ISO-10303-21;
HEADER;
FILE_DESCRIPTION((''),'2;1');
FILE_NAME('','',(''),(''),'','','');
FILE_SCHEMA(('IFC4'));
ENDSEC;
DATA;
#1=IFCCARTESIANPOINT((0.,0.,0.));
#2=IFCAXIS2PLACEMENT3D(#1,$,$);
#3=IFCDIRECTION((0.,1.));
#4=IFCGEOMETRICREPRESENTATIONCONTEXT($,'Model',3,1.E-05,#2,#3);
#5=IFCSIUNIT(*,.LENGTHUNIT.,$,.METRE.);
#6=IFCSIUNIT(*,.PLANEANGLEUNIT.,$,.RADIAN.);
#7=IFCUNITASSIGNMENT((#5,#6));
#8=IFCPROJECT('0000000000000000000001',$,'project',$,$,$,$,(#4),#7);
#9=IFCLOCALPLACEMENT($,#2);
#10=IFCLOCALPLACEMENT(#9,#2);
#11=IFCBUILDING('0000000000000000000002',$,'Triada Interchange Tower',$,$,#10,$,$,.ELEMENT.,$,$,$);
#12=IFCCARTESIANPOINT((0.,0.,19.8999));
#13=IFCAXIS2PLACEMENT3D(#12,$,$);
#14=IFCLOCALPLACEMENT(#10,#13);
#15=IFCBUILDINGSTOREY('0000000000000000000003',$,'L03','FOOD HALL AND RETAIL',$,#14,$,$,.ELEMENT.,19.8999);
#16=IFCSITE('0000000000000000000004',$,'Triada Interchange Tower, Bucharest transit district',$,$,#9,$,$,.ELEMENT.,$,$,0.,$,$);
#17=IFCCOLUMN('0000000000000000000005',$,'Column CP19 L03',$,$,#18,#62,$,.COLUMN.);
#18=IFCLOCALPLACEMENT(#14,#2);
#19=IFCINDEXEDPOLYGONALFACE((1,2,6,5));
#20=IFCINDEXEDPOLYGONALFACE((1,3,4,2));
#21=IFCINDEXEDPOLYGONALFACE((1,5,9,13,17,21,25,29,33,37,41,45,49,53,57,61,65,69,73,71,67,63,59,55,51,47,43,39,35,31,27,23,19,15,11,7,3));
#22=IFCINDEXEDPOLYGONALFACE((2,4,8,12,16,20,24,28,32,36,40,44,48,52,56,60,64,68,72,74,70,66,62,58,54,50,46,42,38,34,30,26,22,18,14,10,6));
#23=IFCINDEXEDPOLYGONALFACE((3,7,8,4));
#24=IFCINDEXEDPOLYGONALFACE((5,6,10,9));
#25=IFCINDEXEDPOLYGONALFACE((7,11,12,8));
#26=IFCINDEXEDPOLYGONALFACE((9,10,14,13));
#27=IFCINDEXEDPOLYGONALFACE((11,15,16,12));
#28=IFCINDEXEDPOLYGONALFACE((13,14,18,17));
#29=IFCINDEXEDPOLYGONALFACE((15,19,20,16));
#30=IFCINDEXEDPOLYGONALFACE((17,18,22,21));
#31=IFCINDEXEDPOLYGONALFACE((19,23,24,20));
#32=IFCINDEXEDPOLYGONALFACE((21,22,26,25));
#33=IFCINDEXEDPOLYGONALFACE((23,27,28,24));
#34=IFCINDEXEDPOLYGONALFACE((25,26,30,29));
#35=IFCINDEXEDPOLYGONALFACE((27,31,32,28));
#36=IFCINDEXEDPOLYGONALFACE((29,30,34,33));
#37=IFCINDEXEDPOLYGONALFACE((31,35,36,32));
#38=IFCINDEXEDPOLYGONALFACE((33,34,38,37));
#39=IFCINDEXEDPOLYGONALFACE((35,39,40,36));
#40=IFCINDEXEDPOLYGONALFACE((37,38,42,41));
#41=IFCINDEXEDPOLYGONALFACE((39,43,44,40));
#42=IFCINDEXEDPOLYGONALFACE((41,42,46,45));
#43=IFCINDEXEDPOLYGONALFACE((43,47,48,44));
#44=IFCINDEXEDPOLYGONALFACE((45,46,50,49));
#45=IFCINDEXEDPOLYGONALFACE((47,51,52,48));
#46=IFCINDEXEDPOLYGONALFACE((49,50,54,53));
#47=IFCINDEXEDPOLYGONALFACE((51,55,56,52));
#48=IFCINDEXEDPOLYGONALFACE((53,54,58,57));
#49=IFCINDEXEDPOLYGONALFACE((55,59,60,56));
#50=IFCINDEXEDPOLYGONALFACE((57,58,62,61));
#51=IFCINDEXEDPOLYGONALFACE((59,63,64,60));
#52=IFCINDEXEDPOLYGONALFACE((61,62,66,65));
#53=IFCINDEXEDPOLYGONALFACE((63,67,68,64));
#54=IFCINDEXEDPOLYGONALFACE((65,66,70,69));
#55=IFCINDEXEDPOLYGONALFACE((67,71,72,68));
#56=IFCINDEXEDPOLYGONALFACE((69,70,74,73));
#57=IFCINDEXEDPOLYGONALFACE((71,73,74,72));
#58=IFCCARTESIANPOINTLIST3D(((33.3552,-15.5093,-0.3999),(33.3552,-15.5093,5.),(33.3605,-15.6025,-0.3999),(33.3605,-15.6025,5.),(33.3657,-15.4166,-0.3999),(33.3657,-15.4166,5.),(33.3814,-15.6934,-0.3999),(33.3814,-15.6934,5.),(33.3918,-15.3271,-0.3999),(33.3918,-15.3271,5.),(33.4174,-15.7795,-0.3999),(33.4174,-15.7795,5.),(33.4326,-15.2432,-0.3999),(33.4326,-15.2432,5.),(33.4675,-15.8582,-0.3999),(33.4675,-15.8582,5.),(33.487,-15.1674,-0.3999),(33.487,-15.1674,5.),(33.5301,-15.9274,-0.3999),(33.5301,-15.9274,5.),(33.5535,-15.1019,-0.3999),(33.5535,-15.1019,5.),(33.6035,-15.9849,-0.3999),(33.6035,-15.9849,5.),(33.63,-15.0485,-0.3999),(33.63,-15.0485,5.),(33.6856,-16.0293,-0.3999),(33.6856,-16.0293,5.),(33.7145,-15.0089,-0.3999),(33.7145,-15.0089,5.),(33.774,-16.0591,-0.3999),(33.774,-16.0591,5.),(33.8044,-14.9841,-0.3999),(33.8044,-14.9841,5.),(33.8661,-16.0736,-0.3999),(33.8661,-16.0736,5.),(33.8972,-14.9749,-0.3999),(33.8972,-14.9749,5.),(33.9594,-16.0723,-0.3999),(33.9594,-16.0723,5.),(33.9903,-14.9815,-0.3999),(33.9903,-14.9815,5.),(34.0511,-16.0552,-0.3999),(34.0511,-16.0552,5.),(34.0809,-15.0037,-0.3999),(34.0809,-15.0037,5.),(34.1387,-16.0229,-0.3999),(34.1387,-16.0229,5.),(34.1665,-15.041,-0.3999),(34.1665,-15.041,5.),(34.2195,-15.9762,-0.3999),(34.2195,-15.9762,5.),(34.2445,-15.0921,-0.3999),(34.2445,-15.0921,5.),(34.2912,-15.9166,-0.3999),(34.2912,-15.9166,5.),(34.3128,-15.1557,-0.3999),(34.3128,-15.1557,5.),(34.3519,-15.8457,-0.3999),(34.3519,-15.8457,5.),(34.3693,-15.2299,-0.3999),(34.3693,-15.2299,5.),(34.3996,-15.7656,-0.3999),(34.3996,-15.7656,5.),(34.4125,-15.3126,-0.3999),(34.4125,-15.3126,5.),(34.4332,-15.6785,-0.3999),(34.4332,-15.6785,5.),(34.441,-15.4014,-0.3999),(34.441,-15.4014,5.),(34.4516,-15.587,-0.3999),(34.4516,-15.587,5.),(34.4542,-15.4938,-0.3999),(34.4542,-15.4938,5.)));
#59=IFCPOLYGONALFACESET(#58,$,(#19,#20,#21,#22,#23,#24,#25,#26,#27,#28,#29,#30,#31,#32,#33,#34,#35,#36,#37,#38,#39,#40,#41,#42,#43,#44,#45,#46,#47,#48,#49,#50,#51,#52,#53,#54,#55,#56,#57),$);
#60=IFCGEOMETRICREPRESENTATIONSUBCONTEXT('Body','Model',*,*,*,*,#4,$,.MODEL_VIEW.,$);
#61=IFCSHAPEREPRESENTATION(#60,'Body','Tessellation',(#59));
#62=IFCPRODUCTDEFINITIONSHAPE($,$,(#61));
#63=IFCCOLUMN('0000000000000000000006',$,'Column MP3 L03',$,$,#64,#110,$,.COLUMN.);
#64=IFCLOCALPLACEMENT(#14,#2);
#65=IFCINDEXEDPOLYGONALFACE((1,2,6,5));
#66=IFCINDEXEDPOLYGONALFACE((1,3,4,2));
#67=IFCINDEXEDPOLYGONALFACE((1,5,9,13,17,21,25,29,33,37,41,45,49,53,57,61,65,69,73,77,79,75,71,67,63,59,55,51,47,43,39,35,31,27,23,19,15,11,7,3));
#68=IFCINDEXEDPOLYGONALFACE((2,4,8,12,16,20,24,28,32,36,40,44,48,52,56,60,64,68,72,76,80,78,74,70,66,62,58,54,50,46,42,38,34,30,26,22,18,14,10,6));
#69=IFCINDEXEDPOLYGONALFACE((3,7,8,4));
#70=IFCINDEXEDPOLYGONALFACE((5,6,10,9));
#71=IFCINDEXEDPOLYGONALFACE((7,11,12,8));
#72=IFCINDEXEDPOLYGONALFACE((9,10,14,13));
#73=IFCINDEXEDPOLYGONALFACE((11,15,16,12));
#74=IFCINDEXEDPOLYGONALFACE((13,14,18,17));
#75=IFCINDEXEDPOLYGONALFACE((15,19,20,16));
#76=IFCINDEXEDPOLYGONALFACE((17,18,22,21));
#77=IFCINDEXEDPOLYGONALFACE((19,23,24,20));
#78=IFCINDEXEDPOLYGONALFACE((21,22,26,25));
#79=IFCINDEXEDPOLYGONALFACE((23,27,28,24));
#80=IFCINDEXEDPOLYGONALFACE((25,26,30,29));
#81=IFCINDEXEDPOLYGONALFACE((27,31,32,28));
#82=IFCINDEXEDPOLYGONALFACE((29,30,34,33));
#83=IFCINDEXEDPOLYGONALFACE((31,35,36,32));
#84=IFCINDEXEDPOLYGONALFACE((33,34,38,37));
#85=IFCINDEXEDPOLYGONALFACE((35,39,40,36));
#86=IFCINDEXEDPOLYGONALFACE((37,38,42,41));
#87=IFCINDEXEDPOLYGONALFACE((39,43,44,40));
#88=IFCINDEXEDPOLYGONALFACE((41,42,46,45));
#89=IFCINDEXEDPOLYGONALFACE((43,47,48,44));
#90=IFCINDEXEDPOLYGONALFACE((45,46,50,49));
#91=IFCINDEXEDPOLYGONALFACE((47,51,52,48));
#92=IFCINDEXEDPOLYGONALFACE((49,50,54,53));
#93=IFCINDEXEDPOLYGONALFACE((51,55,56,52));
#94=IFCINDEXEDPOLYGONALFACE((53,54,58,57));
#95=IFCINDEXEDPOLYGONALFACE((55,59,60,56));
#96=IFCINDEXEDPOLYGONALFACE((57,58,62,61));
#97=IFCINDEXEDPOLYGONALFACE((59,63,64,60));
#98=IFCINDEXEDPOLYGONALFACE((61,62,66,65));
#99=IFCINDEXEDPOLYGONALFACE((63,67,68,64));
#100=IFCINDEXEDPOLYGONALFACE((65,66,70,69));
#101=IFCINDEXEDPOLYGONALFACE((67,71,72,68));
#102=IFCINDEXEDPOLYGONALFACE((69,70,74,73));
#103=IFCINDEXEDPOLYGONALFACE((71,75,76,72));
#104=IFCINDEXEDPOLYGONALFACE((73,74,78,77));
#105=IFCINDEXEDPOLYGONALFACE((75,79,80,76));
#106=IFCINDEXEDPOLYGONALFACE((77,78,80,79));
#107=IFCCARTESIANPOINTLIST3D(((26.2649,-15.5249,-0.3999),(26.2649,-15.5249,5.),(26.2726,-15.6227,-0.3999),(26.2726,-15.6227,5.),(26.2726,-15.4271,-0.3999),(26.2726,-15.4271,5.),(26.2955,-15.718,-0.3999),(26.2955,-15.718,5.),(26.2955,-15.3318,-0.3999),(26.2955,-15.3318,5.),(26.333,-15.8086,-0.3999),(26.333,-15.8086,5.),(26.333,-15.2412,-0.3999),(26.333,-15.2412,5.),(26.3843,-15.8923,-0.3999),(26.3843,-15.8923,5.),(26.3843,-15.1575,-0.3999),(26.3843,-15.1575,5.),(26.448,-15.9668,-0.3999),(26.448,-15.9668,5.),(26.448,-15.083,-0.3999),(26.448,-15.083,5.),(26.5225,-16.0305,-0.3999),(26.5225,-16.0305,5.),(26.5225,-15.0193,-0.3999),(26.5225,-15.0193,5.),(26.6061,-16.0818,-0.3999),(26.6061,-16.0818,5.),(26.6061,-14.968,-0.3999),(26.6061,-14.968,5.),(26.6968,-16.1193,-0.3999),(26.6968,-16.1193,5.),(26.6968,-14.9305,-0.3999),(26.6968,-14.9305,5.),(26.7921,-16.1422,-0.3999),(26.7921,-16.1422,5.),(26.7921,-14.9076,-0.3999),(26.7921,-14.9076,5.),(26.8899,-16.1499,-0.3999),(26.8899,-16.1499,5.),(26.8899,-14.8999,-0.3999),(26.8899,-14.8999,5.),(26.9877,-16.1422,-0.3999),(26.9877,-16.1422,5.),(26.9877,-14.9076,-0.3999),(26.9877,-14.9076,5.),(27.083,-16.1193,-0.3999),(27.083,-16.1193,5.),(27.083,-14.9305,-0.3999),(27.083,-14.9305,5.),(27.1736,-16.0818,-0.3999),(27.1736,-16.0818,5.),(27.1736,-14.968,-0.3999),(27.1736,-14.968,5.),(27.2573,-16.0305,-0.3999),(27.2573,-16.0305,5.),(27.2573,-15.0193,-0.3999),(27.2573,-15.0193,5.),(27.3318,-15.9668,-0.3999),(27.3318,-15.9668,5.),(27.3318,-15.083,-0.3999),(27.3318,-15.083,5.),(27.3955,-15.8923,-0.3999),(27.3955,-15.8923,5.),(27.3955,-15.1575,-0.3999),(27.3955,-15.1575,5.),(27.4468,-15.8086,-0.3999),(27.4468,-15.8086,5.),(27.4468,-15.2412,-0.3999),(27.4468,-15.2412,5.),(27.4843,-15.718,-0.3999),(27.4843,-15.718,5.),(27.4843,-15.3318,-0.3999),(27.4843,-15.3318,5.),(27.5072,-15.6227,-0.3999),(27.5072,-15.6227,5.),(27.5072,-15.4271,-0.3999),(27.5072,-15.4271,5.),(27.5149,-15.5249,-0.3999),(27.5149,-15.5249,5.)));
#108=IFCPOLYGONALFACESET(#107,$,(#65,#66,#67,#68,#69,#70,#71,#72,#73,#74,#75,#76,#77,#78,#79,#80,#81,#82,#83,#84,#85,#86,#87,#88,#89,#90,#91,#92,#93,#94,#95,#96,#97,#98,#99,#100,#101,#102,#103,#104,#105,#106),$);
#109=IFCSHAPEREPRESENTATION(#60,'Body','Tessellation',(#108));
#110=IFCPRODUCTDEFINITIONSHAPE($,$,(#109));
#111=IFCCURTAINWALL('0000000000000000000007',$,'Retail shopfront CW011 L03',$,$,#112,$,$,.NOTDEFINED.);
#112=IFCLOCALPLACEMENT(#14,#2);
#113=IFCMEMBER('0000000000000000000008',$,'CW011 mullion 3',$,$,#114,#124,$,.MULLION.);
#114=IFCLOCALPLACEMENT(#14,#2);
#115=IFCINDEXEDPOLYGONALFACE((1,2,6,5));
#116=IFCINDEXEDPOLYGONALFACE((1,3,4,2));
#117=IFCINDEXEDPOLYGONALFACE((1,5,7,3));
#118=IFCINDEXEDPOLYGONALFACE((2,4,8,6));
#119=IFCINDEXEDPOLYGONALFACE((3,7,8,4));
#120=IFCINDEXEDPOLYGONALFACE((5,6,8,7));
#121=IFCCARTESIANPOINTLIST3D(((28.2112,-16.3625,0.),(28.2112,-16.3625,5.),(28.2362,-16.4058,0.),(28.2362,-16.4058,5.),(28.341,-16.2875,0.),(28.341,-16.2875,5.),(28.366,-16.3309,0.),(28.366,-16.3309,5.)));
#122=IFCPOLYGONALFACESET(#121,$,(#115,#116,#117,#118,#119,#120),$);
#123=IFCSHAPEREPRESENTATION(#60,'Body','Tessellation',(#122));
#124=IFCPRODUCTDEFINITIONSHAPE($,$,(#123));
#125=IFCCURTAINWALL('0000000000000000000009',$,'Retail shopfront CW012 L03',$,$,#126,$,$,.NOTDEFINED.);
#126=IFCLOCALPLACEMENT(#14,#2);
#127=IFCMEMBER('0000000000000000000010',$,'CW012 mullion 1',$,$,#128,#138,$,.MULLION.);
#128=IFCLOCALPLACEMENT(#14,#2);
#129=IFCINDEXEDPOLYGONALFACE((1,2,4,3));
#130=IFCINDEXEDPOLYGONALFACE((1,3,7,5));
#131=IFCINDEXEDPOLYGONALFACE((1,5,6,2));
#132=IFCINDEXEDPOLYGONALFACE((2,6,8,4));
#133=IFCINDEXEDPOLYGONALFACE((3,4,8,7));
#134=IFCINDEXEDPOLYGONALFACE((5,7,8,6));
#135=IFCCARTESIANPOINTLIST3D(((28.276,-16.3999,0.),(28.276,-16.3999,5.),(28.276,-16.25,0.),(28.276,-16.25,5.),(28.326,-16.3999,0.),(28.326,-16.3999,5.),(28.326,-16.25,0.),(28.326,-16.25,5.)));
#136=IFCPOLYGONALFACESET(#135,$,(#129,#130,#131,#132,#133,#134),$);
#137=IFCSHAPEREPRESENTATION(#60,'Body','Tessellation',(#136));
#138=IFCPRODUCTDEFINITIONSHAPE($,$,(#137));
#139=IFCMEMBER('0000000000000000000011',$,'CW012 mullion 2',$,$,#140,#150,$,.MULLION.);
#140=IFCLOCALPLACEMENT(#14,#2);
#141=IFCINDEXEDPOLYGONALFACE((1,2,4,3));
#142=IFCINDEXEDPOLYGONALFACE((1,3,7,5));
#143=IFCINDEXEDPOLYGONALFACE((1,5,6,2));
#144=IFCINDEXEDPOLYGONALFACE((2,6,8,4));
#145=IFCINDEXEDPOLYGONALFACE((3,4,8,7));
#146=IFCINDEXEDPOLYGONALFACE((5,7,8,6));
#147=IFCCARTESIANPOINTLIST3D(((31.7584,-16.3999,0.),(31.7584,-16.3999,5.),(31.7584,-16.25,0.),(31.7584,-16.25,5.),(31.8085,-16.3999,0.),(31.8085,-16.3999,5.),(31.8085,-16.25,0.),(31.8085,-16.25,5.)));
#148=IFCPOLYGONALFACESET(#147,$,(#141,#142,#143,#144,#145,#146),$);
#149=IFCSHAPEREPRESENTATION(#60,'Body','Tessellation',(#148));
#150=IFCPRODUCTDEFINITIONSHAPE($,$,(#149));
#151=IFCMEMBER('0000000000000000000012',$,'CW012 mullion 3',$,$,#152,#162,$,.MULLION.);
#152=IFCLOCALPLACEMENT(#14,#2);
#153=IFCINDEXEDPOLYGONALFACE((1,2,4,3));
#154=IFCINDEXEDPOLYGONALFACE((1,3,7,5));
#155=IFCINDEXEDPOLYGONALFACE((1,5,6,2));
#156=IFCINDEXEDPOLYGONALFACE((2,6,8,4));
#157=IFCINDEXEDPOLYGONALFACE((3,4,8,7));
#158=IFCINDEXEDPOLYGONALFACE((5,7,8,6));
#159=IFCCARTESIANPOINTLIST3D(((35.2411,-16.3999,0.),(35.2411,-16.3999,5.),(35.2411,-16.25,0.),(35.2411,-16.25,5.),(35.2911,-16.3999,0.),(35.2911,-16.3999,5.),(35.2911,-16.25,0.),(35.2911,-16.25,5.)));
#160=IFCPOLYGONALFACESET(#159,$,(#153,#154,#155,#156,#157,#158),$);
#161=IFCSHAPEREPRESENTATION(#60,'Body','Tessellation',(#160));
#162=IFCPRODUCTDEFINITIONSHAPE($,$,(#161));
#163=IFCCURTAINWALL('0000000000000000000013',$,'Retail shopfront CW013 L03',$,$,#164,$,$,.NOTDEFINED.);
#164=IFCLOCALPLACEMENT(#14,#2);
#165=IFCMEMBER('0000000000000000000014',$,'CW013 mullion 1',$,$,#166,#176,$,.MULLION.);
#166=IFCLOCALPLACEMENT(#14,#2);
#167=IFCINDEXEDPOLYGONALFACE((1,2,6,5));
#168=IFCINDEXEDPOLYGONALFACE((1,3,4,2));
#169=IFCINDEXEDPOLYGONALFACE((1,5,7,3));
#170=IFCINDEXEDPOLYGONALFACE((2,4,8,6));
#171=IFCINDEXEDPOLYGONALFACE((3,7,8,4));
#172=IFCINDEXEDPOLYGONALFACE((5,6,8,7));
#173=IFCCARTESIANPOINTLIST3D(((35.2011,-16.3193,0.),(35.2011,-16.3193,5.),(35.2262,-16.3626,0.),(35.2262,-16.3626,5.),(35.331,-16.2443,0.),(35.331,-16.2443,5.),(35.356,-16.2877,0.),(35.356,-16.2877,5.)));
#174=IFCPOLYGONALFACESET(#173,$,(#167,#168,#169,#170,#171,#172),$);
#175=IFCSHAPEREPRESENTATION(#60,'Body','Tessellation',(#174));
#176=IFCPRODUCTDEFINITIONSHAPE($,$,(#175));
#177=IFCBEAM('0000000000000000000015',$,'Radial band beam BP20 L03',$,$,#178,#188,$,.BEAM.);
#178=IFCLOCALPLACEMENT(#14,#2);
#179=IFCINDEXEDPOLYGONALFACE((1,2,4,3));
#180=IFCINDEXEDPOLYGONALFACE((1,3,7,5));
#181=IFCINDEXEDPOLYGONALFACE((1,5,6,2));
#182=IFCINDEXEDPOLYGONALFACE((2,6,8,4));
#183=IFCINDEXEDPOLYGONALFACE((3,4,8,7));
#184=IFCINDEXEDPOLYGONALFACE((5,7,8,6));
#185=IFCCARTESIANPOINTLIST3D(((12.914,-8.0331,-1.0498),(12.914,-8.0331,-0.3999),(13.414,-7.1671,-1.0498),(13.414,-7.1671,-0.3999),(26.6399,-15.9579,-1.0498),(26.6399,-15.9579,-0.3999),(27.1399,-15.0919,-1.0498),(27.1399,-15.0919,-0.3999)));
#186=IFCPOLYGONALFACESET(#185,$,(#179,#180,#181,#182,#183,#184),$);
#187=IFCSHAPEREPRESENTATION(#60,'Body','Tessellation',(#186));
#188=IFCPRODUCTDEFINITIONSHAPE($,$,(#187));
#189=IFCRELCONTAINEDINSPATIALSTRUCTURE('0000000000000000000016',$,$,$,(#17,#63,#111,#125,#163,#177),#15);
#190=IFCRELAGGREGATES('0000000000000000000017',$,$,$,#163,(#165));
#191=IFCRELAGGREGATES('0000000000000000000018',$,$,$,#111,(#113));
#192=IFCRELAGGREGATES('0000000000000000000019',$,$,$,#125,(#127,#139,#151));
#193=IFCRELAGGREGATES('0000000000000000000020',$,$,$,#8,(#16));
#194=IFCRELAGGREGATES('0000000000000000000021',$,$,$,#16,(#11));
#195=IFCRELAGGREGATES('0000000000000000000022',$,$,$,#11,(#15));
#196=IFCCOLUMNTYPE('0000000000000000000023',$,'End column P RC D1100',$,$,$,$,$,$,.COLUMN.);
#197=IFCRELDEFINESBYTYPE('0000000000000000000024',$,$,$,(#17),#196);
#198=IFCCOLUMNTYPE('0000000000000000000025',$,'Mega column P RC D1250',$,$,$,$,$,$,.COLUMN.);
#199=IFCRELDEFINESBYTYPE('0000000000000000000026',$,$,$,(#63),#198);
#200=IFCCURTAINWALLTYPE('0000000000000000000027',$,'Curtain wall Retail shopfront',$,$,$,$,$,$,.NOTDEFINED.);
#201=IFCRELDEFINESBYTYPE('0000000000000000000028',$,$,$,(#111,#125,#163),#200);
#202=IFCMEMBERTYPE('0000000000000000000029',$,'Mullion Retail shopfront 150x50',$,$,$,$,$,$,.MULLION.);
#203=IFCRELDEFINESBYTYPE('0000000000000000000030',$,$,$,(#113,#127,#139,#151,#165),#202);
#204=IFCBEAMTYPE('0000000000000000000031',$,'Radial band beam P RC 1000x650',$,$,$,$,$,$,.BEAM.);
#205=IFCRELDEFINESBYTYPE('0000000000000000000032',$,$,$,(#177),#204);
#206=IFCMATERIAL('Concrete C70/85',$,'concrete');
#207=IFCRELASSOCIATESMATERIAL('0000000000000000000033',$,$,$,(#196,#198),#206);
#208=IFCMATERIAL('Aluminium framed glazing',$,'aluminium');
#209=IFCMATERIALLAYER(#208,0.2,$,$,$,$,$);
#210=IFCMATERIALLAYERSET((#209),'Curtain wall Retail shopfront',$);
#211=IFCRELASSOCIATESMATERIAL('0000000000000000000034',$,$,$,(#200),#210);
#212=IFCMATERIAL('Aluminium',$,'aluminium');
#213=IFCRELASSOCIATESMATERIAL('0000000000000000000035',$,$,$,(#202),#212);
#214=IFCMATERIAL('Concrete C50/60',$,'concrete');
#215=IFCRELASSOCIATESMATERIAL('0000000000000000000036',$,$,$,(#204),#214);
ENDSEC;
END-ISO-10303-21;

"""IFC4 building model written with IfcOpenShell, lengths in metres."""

from ifc_helpers import new_model, si_unit, direction, frame, origin, origin_2d, place, context, subcontext, project, spatial, rectangle, circle, extrude, material, layer, layer_set, material_profile, profile_set, type_object, element, aggregate, save


model = new_model("IFC4")

# Units and contexts
model_context = context("Model", 3, precision=1e-05, world=origin(), true_north=direction((0.0, 1.0)))
body_context = subcontext(model_context, "Body", "Model", "MODEL_VIEW")
ifc_project = project(units=[si_unit("LENGTHUNIT", "METRE"), si_unit("PLANEANGLEUNIT", "RADIAN")], contexts=[model_context])

# Site, building, storey
site_placement = place(None, origin())
site = spatial("IfcSite", under=ifc_project, at=site_placement, Name="Triada Interchange Tower, Bucharest transit district", CompositionType="ELEMENT", RefElevation=0.0)
building_placement = place(site_placement, origin())
building = spatial("IfcBuilding", under=site, at=building_placement, Name="Triada Interchange Tower", CompositionType="ELEMENT")
storey_placement = place(building_placement, frame((0.0, 0.0, 19.8999)))
storey = spatial("IfcBuildingStorey", under=building, at=storey_placement, Name="L03", Description="FOOD HALL AND RETAIL", CompositionType="ELEMENT", Elevation=19.8999)

# Columns
ifc_material_1 = material(Name="Concrete C70/85", Category="concrete")
ifc_material_profile_1 = material_profile(ifc_material_1, circle(Radius=0.55, at=origin_2d()), Name="RC D1100")
ifc_profile_set_1 = profile_set([ifc_material_profile_1], Name="Concrete C70/85")
column_type_1 = type_object("IfcColumnType", Name="End column P RC D1100", PredefinedType="COLUMN", material=ifc_profile_set_1)
column_1_placement = place(storey_placement, frame((33.905, -15.5249, -0.3999), z_axis=(0.0, 0.0, 1.0), x_axis=(-0.5, 0.866025, 0.0)))
element("IfcColumn", 1, at=column_1_placement, inside=storey, type_object=column_type_1, Name="Column CP19 L03", PredefinedType="COLUMN", context=body_context, shape_type="SweptSolid", body=[
    extrude(circle(Radius=0.55, at=origin_2d()), origin(), (0.0, 0.0, 1.0), 5.3999),
])
ifc_material_profile_2 = material_profile(ifc_material_1, circle(Radius=0.625, at=origin_2d()), Name="RC D1250")
ifc_profile_set_2 = profile_set([ifc_material_profile_2], Name="Concrete C70/85")
column_type_2 = type_object("IfcColumnType", Name="Mega column P RC D1250", PredefinedType="COLUMN", material=ifc_profile_set_2)
column_2_placement = place(storey_placement, frame((26.8899, -15.5249, -0.3999), z_axis=(0.0, 0.0, 1.0), x_axis=(1.0, 0.0, 0.0)))
element("IfcColumn", 2, at=column_2_placement, inside=storey, type_object=column_type_2, Name="Column MP3 L03", PredefinedType="COLUMN", context=body_context, shape_type="SweptSolid", body=[
    extrude(circle(Radius=0.625, at=origin_2d()), origin(), (0.0, 0.0, 1.0), 5.3999),
])

# Curtain wall, member
ifc_material_2 = material(Name="Aluminium framed glazing", Category="aluminium")
ifc_layer_1 = layer(ifc_material_2, 0.2)
ifc_layer_set_1 = layer_set([ifc_layer_1], Name="Curtain wall Retail shopfront")
curtain_wall_type = type_object("IfcCurtainWallType", Name="Curtain wall Retail shopfront", PredefinedType="NOTDEFINED", material=ifc_layer_set_1)
curtain_wall_1_placement = place(storey_placement, origin())
curtain_wall_1 = element("IfcCurtainWall", 3, at=curtain_wall_1_placement, inside=storey, type_object=curtain_wall_type, Name="Retail shopfront CW011 L03", PredefinedType="NOTDEFINED")
ifc_material_3 = material(Name="Aluminium", Category="aluminium")
ifc_material_profile_3 = material_profile(ifc_material_3, rectangle(XDim=0.1499, YDim=0.05, at=origin_2d()), Name="Aluminium mullion")
ifc_profile_set_3 = profile_set([ifc_material_profile_3], Name="Aluminium")
member_type_1 = type_object("IfcMemberType", Name="Mullion Retail shopfront 150x50", PredefinedType="MULLION", material=ifc_profile_set_3)
member_1_placement = place(storey_placement, frame((28.2886, -16.3467, 0.0), z_axis=(0.0, 0.0, 1.0), x_axis=(-0.86605, -0.499957, 0.0)))
member_1 = element("IfcMember", 4, at=member_1_placement, type_object=member_type_1, Name="CW011 mullion 3", PredefinedType="MULLION", context=body_context, shape_type="SweptSolid", body=[
    extrude(rectangle(XDim=0.1499, YDim=0.05, at=origin_2d()), origin(), (0.0, 0.0, 1.0), 5.0),
])

# Curtain wall, members
curtain_wall_2_placement = place(storey_placement, origin())
curtain_wall_2 = element("IfcCurtainWall", 5, at=curtain_wall_2_placement, inside=storey, type_object=curtain_wall_type, Name="Retail shopfront CW012 L03", PredefinedType="NOTDEFINED")
member_2_placement = place(storey_placement, frame((28.301, -16.325, 0.0), z_axis=(0.0, 0.0, 1.0), x_axis=(0.0, 1.0, 0.0)))
member_2 = element("IfcMember", 6, at=member_2_placement, type_object=member_type_1, Name="CW012 mullion 1", PredefinedType="MULLION", context=body_context, shape_type="SweptSolid", body=[
    extrude(rectangle(XDim=0.1499, YDim=0.05, at=origin_2d()), origin(), (0.0, 0.0, 1.0), 5.0),
])
member_3_placement = place(storey_placement, frame((31.7834, -16.325, 0.0), z_axis=(0.0, 0.0, 1.0), x_axis=(0.0, 1.0, 0.0)))
member_3 = element("IfcMember", 7, at=member_3_placement, type_object=member_type_1, Name="CW012 mullion 2", PredefinedType="MULLION", context=body_context, shape_type="SweptSolid", body=[
    extrude(rectangle(XDim=0.1499, YDim=0.05, at=origin_2d()), origin(), (0.0, 0.0, 1.0), 5.0),
])
member_4_placement = place(storey_placement, frame((35.2661, -16.325, 0.0), z_axis=(0.0, 0.0, 1.0), x_axis=(0.0, 1.0, 0.0)))
member_4 = element("IfcMember", 8, at=member_4_placement, type_object=member_type_1, Name="CW012 mullion 3", PredefinedType="MULLION", context=body_context, shape_type="SweptSolid", body=[
    extrude(rectangle(XDim=0.1499, YDim=0.05, at=origin_2d()), origin(), (0.0, 0.0, 1.0), 5.0),
])

# Curtain wall, member
curtain_wall_3_placement = place(storey_placement, origin())
curtain_wall_3 = element("IfcCurtainWall", 9, at=curtain_wall_3_placement, inside=storey, type_object=curtain_wall_type, Name="Retail shopfront CW013 L03", PredefinedType="NOTDEFINED")
member_5_placement = place(storey_placement, frame((35.2786, -16.3035, 0.0), z_axis=(0.0, 0.0, 1.0), x_axis=(-0.866049, -0.499959, 0.0)))
member_5 = element("IfcMember", 10, at=member_5_placement, type_object=member_type_1, Name="CW013 mullion 1", PredefinedType="MULLION", context=body_context, shape_type="SweptSolid", body=[
    extrude(rectangle(XDim=0.1499, YDim=0.05, at=origin_2d()), origin(), (0.0, 0.0, 1.0), 5.0),
])

# Beam
ifc_material_4 = material(Name="Concrete C50/60", Category="concrete")
ifc_material_profile_4 = material_profile(ifc_material_4, rectangle(XDim=1.0, YDim=0.6499, at=origin_2d()), Name="RC 1000x650")
ifc_profile_set_4 = profile_set([ifc_material_profile_4], Name="Concrete C50/60")
beam_type_1 = type_object("IfcBeamType", Name="Radial band beam P RC 1000x650", PredefinedType="BEAM", material=ifc_profile_set_4)
beam_1_placement = place(storey_placement, frame((26.8899, -15.5249, -0.7249), z_axis=(-0.86602, 0.500009, 0.0), x_axis=(-0.500009, -0.86602, 0.0)))
element("IfcBeam", 11, at=beam_1_placement, inside=storey, type_object=beam_type_1, Name="Radial band beam BP20 L03", PredefinedType="BEAM", context=body_context, shape_type="SweptSolid", body=[
    extrude(rectangle(XDim=1.0, YDim=0.6499, at=origin_2d()), origin(), (0.0, 0.0, 1.0), 15.8494),
])

aggregate(curtain_wall_3, [member_5])

aggregate(curtain_wall_1, [member_1])
aggregate(curtain_wall_2, [member_2, member_3, member_4])

save(model, "model.ifc")
